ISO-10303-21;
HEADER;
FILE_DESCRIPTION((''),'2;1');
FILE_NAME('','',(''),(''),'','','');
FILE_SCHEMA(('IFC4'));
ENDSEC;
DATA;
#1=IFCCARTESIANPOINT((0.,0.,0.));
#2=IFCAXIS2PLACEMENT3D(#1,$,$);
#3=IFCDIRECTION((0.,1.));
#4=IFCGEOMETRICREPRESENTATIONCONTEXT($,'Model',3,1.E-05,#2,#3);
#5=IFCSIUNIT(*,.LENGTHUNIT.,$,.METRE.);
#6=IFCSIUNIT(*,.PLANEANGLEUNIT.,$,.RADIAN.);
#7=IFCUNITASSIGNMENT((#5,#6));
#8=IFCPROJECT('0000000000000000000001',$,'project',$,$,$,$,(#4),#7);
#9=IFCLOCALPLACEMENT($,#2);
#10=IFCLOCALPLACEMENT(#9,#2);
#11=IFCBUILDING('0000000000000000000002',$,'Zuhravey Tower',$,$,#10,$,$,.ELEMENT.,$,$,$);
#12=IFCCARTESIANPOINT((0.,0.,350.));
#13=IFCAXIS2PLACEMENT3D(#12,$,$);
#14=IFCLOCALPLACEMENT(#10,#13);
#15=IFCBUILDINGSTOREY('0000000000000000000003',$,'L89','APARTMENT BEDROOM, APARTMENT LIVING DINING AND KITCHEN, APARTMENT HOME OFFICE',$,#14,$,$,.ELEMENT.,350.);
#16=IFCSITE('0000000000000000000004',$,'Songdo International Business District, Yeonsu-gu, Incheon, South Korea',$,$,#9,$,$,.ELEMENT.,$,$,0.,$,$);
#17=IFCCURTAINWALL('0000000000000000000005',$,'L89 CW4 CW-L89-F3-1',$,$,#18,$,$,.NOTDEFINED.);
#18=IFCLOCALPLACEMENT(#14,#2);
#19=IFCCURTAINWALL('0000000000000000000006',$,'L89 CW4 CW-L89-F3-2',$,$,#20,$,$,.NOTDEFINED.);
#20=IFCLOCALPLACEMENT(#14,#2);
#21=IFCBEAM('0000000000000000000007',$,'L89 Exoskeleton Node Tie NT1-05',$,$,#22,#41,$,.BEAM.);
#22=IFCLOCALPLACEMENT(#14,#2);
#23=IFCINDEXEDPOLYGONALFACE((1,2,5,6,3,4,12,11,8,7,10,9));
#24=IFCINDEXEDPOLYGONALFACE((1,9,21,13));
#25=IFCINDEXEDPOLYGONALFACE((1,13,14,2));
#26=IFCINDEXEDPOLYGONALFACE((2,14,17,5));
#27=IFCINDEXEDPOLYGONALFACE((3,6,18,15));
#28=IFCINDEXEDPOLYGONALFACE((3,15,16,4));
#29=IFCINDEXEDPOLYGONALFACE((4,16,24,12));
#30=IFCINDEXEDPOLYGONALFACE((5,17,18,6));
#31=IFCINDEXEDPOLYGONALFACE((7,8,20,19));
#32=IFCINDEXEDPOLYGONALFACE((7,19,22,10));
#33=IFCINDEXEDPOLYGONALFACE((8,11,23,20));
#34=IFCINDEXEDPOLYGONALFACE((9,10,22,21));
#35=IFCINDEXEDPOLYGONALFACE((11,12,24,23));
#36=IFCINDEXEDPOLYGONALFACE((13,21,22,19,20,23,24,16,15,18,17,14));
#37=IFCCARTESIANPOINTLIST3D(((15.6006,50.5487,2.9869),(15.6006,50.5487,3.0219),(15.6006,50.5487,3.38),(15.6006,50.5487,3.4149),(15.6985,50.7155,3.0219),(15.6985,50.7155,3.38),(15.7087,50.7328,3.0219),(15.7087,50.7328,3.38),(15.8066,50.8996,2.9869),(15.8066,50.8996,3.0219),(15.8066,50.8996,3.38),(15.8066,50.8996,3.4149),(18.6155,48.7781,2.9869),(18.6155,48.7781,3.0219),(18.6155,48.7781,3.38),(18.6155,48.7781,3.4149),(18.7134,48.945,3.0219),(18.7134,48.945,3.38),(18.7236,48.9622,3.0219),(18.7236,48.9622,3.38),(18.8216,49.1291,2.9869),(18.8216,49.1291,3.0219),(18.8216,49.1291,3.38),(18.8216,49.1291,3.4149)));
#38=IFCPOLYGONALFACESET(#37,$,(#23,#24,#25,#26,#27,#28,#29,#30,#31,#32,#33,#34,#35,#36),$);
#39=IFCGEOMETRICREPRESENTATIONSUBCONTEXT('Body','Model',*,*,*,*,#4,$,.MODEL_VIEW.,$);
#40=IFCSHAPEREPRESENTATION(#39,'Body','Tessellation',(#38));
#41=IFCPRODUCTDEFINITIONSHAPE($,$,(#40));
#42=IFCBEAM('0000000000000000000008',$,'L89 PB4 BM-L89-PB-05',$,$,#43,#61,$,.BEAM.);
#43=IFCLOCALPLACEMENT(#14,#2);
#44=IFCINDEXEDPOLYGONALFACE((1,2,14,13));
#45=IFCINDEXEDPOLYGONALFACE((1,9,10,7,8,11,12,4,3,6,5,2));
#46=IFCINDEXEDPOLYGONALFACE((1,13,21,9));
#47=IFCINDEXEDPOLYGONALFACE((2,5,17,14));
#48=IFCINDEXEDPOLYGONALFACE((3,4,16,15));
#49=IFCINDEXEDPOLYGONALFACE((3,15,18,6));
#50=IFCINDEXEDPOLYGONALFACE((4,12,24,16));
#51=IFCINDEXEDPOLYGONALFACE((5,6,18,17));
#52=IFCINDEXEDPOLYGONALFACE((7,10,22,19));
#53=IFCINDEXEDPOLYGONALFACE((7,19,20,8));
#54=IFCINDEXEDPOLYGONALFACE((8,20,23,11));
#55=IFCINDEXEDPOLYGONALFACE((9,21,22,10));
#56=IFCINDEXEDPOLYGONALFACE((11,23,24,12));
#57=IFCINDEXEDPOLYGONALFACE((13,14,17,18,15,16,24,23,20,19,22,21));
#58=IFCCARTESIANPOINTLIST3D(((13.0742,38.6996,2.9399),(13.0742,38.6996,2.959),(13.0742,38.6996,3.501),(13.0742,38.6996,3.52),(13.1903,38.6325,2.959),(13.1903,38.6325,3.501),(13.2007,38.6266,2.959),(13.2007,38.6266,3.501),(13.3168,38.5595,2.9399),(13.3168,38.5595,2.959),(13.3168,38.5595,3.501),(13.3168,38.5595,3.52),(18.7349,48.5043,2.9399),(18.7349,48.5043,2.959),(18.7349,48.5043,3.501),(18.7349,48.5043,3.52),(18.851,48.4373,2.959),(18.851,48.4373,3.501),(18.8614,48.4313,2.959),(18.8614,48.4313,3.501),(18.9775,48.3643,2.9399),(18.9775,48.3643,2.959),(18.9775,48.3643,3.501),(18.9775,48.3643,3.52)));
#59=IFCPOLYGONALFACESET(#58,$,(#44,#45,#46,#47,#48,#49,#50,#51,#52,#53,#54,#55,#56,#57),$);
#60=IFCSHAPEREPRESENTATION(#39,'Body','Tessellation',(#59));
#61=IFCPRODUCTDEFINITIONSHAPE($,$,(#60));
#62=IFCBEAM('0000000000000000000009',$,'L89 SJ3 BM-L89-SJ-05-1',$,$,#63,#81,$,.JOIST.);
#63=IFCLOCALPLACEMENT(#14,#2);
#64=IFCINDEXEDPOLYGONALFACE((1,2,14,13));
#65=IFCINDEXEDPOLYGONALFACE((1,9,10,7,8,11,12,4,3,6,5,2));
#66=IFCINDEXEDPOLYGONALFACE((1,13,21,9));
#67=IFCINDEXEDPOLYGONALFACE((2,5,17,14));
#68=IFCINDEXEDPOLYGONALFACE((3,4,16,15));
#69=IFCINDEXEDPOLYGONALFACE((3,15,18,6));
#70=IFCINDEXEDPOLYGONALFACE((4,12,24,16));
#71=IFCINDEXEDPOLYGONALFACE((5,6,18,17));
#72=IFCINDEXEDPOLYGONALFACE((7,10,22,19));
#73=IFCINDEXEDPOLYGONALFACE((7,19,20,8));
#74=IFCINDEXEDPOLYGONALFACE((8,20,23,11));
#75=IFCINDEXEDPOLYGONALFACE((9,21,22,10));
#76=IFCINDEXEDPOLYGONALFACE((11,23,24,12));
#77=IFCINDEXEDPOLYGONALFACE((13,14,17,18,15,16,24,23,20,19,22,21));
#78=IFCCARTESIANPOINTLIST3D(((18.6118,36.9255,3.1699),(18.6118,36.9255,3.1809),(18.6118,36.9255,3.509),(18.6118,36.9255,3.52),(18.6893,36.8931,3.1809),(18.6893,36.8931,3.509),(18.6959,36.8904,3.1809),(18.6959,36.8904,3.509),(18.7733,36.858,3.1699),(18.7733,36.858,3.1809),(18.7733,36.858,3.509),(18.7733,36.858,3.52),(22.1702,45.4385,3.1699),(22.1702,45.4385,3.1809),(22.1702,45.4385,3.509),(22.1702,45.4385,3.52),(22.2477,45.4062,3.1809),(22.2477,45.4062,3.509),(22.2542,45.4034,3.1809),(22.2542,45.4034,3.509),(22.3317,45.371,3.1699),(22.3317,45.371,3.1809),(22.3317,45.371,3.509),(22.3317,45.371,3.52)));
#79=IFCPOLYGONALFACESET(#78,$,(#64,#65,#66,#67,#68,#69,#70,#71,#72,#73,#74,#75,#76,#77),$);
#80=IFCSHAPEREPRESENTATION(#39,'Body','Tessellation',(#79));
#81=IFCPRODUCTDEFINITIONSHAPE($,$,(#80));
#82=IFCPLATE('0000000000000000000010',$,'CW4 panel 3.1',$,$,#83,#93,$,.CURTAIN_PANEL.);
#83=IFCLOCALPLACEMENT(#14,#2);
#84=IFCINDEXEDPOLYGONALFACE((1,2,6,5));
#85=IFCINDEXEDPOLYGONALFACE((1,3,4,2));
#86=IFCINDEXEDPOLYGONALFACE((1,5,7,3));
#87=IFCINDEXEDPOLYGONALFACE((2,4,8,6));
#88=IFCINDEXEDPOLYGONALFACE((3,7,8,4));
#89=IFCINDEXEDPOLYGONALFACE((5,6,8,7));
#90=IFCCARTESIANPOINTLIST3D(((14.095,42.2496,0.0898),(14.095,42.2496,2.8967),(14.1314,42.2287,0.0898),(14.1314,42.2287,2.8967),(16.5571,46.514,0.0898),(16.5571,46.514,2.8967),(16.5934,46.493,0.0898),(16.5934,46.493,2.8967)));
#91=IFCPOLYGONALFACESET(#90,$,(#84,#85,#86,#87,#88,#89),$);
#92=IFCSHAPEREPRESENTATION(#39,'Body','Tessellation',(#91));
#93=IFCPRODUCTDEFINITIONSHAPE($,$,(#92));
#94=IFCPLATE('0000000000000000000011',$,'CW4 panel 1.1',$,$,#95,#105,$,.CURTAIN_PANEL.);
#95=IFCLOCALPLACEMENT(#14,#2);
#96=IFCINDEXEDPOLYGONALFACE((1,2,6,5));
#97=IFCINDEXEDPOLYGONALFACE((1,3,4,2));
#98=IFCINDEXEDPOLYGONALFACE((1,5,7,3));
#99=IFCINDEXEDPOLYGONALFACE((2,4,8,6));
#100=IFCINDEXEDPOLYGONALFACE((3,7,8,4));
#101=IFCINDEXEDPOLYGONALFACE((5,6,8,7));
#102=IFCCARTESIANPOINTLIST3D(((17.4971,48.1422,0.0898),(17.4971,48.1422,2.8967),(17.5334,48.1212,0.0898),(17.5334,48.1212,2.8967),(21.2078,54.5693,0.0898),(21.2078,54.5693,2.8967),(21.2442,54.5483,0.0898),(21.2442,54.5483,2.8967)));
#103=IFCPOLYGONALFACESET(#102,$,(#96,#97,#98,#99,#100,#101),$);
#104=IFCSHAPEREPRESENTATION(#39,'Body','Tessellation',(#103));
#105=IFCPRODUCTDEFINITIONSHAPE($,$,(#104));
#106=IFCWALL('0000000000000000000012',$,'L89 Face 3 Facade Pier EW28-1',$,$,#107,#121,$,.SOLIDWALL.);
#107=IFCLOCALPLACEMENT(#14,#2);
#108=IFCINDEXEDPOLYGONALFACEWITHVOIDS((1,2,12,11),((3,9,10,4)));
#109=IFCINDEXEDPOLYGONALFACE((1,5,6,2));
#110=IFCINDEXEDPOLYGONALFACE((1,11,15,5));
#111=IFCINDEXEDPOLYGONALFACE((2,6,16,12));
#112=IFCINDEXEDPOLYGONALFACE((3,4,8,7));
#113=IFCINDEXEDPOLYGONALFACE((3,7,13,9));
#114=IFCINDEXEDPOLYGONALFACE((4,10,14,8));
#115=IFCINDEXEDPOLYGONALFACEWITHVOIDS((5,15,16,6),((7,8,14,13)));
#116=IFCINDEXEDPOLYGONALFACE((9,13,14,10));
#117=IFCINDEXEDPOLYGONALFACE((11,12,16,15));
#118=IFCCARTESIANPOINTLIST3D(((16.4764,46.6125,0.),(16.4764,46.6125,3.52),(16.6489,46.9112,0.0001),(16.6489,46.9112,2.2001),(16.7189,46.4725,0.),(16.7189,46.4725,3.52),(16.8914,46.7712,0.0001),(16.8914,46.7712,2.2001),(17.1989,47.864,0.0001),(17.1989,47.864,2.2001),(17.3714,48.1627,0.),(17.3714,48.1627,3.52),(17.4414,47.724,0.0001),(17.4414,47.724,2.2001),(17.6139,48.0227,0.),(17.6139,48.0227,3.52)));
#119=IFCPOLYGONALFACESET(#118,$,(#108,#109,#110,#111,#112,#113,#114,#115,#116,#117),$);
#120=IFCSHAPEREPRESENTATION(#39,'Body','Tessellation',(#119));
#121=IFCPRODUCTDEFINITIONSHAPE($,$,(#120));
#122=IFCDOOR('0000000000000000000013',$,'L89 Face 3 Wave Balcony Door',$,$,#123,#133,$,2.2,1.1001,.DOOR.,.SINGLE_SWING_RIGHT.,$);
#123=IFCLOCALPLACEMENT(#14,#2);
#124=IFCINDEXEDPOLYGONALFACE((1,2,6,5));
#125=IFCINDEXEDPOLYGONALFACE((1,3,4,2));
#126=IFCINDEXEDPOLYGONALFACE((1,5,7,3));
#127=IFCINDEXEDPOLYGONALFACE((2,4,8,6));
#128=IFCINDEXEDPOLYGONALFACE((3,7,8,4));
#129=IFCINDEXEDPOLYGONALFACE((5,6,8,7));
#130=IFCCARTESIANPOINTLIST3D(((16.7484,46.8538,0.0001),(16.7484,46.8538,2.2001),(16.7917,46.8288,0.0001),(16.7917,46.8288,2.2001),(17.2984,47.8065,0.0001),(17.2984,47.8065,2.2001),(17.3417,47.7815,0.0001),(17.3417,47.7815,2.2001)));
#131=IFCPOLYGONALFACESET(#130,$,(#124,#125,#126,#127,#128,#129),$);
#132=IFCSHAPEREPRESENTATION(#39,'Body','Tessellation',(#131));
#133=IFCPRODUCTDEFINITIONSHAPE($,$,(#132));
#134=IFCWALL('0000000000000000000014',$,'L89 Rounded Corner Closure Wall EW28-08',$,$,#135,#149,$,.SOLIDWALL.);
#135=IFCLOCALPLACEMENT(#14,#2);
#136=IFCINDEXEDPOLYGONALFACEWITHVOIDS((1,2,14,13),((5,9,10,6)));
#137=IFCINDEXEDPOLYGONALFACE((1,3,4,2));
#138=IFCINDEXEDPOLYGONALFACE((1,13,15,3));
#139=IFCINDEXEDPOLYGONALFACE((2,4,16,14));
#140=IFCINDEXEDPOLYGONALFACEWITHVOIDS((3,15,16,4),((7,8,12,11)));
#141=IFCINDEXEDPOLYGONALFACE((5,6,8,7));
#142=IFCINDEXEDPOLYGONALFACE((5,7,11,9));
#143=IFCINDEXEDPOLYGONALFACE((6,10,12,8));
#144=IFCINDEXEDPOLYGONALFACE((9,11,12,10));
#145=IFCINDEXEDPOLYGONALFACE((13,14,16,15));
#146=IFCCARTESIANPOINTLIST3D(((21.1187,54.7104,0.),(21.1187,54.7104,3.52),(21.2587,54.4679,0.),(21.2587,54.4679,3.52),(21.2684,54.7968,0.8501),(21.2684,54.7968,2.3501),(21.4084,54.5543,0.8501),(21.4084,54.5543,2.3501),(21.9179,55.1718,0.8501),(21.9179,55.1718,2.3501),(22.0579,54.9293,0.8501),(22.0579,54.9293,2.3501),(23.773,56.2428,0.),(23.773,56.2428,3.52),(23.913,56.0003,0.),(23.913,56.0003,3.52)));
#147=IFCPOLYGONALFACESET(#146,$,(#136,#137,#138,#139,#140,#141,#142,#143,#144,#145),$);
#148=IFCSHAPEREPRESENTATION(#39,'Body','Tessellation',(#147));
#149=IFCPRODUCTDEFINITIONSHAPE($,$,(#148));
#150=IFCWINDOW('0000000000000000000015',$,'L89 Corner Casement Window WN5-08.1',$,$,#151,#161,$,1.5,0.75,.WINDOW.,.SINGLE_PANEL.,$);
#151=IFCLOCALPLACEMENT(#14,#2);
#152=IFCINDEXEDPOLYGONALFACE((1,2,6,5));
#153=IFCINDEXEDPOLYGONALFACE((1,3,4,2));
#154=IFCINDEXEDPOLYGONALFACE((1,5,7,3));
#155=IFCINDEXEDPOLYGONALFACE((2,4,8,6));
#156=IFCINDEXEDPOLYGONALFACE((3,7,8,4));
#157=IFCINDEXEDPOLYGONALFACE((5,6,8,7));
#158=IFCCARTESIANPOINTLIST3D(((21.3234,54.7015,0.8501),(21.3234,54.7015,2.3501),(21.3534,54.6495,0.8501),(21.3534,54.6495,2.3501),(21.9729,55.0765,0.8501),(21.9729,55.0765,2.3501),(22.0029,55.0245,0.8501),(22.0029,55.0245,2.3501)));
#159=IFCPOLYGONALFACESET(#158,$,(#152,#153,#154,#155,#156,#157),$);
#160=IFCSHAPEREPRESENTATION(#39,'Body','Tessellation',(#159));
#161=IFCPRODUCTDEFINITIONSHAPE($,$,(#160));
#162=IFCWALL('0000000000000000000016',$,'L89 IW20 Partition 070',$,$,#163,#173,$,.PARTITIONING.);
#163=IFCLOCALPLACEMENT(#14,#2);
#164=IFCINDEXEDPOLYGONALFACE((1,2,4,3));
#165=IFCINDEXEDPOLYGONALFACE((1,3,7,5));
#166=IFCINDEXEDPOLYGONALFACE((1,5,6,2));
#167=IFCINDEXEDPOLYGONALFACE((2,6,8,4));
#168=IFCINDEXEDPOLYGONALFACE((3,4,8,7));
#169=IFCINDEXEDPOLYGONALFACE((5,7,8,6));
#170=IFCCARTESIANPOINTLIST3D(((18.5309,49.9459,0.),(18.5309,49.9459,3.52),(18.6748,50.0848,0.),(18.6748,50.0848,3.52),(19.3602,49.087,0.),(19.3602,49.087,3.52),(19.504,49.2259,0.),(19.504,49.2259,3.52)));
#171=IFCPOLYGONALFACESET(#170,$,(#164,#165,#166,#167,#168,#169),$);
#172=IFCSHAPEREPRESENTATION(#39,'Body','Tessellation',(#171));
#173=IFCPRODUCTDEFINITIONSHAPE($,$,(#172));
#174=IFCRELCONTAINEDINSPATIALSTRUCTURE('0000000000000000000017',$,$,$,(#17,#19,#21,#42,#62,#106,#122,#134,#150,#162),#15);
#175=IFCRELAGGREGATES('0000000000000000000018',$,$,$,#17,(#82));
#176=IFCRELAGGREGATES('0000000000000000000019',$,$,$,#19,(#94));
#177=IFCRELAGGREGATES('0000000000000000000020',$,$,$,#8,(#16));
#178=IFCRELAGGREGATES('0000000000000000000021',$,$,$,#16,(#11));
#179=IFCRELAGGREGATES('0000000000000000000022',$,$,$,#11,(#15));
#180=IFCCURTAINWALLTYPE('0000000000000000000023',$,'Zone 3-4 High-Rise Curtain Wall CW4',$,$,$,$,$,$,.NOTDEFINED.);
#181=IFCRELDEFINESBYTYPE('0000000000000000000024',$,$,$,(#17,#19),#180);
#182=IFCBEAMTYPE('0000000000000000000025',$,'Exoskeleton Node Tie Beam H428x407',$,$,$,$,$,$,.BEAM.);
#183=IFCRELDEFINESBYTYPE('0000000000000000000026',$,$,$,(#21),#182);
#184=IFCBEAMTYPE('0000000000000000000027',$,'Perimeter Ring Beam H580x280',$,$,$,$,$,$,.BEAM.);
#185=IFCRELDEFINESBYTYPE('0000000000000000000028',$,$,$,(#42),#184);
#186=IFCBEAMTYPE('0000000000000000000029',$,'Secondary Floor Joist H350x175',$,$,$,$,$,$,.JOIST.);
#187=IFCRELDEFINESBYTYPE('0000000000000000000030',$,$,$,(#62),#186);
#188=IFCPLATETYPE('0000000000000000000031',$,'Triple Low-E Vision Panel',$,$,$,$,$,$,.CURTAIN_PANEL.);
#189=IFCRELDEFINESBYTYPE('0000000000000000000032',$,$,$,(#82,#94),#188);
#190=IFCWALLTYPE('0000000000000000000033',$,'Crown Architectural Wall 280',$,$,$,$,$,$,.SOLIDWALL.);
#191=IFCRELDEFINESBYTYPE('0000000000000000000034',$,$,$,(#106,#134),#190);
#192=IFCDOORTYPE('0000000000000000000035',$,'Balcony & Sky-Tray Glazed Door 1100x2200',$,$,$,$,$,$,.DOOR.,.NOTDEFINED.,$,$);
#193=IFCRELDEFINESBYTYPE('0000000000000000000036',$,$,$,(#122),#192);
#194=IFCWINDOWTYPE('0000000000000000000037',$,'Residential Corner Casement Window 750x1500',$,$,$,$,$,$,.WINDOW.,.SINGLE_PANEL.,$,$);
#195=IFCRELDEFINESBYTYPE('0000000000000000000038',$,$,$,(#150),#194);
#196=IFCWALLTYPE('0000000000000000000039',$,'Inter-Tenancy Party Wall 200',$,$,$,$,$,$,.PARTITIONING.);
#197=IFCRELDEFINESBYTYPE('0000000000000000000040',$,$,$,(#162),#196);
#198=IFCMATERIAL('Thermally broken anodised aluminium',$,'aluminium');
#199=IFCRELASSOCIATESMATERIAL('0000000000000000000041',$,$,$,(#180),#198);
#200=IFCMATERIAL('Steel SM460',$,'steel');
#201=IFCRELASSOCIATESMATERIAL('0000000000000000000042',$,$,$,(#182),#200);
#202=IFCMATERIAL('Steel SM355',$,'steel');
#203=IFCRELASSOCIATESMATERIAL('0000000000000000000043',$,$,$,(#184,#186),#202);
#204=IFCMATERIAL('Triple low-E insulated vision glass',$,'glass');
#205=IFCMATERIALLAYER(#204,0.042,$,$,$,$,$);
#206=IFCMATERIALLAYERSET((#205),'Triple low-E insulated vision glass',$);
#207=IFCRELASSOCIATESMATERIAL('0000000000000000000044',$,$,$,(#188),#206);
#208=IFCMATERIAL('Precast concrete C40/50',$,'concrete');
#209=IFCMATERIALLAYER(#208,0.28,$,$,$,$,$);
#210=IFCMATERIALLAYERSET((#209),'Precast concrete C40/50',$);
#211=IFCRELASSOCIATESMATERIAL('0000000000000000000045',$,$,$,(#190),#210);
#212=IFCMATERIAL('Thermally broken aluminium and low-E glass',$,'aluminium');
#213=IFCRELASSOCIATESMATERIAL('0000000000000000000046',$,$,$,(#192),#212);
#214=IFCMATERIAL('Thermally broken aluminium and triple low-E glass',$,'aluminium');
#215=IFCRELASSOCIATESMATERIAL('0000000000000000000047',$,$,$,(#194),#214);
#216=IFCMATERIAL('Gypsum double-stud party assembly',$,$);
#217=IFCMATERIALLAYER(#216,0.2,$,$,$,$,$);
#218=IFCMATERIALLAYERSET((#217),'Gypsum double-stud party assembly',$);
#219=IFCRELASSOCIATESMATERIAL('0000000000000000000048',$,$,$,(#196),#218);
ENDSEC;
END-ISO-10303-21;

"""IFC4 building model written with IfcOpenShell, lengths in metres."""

from ifc_helpers import new_model, si_unit, direction, frame, frame_2d, origin, origin_2d, place, context, subcontext, project, spatial, rectangle, i_section, extrude, material, layer, layer_set, material_profile, profile_set, type_object, element, fill, aggregate, save


model = new_model("IFC4")

# Units and contexts
model_context = context("Model", 3, precision=1e-05, world=origin(), true_north=direction((0.0, 1.0)))
body_context = subcontext(model_context, "Body", "Model", "MODEL_VIEW")
ifc_project = project(units=[si_unit("LENGTHUNIT", "METRE"), si_unit("PLANEANGLEUNIT", "RADIAN")], contexts=[model_context])

# Site, building, storey
site_placement = place(None, origin())
site = spatial("IfcSite", under=ifc_project, at=site_placement, Name="Songdo International Business District, Yeonsu-gu, Incheon, South Korea", CompositionType="ELEMENT", RefElevation=0.0)
building_placement = place(site_placement, origin())
building = spatial("IfcBuilding", under=site, at=building_placement, Name="Zuhravey Tower", CompositionType="ELEMENT")
storey_placement = place(building_placement, frame((0.0, 0.0, 350.0)))
storey = spatial("IfcBuildingStorey", under=building, at=storey_placement, Name="L89", Description="APARTMENT BEDROOM, APARTMENT LIVING DINING AND KITCHEN, APARTMENT HOME OFFICE", CompositionType="ELEMENT", Elevation=350.0)

# Curtain walls
ifc_material_1 = material(Name="Thermally broken anodised aluminium", Category="aluminium")
curtain_wall_type = type_object("IfcCurtainWallType", Name="Zone 3-4 High-Rise Curtain Wall CW4", PredefinedType="NOTDEFINED", material=ifc_material_1)
curtain_wall_1_placement = place(storey_placement, origin())
curtain_wall_1 = element("IfcCurtainWall", 1, at=curtain_wall_1_placement, inside=storey, type_object=curtain_wall_type, Name="L89 CW4 CW-L89-F3-1", PredefinedType="NOTDEFINED")
curtain_wall_2_placement = place(storey_placement, origin())
curtain_wall_2 = element("IfcCurtainWall", 2, at=curtain_wall_2_placement, inside=storey, type_object=curtain_wall_type, Name="L89 CW4 CW-L89-F3-2", PredefinedType="NOTDEFINED")

# Beams
ifc_material_2 = material(Name="Steel SM460", Category="steel")
ifc_material_profile_1 = material_profile(ifc_material_2, i_section(OverallWidth=0.407, OverallDepth=0.428, WebThickness=0.02, FlangeThickness=0.0349, at=origin_2d()), Name="H-428x407x20x35")
ifc_profile_set_1 = profile_set([ifc_material_profile_1], Name="Steel SM460")
beam_type_1 = type_object("IfcBeamType", Name="Exoskeleton Node Tie Beam H428x407", PredefinedType="BEAM", material=ifc_profile_set_1)
beam_1_placement = place(storey_placement, frame((18.7185, 48.9536, 3.2009), z_axis=(-0.862304, 0.506391, 0.0), x_axis=(-0.506391, -0.862304, 0.0)))
element("IfcBeam", 3, at=beam_1_placement, inside=storey, type_object=beam_type_1, Name="L89 Exoskeleton Node Tie NT1-05", PredefinedType="BEAM", context=body_context, shape_type="SweptSolid", body=[
    extrude(i_section(OverallWidth=0.407, OverallDepth=0.428, WebThickness=0.02, FlangeThickness=0.0349, at=origin_2d()), origin(), (0.0, 0.0, 1.0), 3.4963),
])
ifc_material_3 = material(Name="Steel SM355", Category="steel")
ifc_material_profile_2 = material_profile(ifc_material_3, i_section(OverallWidth=0.28, OverallDepth=0.5801, WebThickness=0.012, FlangeThickness=0.019, at=origin_2d()), Name="H-580x280x12x19")
ifc_profile_set_2 = profile_set([ifc_material_profile_2], Name="Steel SM355")
beam_type_2 = type_object("IfcBeamType", Name="Perimeter Ring Beam H580x280", PredefinedType="BEAM", material=ifc_profile_set_2)
beam_2_placement = place(storey_placement, frame((18.8562, 48.4343, 3.23), z_axis=(-0.499994, -0.866029, 0.0), x_axis=(0.866029, -0.499994, 0.0)))
element("IfcBeam", 4, at=beam_2_placement, inside=storey, type_object=beam_type_2, Name="L89 PB4 BM-L89-PB-05", PredefinedType="BEAM", context=body_context, shape_type="SweptSolid", body=[
    extrude(i_section(OverallWidth=0.28, OverallDepth=0.5801, WebThickness=0.012, FlangeThickness=0.019, at=origin_2d()), origin(), (0.0, 0.0, 1.0), 11.3215),
])
ifc_material_profile_3 = material_profile(ifc_material_3, i_section(OverallWidth=0.175, OverallDepth=0.3501, WebThickness=0.0071, FlangeThickness=0.011, at=origin_2d()), Name="H-350x175x7x11")
ifc_profile_set_3 = profile_set([ifc_material_profile_3], Name="Steel SM355")
beam_type_3 = type_object("IfcBeamType", Name="Secondary Floor Joist H350x175", PredefinedType="JOIST", material=ifc_profile_set_3)
beam_3_placement = place(storey_placement, frame((22.251, 45.4048, 3.345), z_axis=(-0.385658, -0.922642, 0.0), x_axis=(0.922642, -0.385658, 0.0)))
element("IfcBeam", 5, at=beam_3_placement, inside=storey, type_object=beam_type_3, Name="L89 SJ3 BM-L89-SJ-05-1", PredefinedType="JOIST", context=body_context, shape_type="SweptSolid", body=[
    extrude(i_section(OverallWidth=0.175, OverallDepth=0.3501, WebThickness=0.0071, FlangeThickness=0.011, at=origin_2d()), origin(), (0.0, 0.0, 1.0), 9.2268),
])

# Plates
ifc_material_4 = material(Name="Triple low-E insulated vision glass", Category="glass")
ifc_layer_1 = layer(ifc_material_4, 0.042)
ifc_layer_set_1 = layer_set([ifc_layer_1], Name="Triple low-E insulated vision glass")
plate_type = type_object("IfcPlateType", Name="Triple Low-E Vision Panel", PredefinedType="CURTAIN_PANEL", material=ifc_layer_set_1)
plate_1_placement = place(storey_placement, frame((15.3442, 44.3713, 0.0898), z_axis=(0.0, 0.0, 1.0), x_axis=(0.499998, 0.866026, 0.0)))
plate_1 = element("IfcPlate", 6, at=plate_1_placement, type_object=plate_type, Name="CW4 panel 3.1", PredefinedType="CURTAIN_PANEL", context=body_context, shape_type="SweptSolid", body=[
    extrude(rectangle(XDim=4.9241, YDim=0.042, at=origin_2d()), origin(), (0.0, 0.0, 1.0), 2.8069),
])
aggregate(curtain_wall_1, [plate_1])
plate_2_placement = place(storey_placement, frame((19.3706, 51.3452, 0.0898), z_axis=(0.0, 0.0, 1.0), x_axis=(0.500006, 0.866022, 0.0)))
plate_2 = element("IfcPlate", 7, at=plate_2_placement, type_object=plate_type, Name="CW4 panel 1.1", PredefinedType="CURTAIN_PANEL", context=body_context, shape_type="SweptSolid", body=[
    extrude(rectangle(XDim=7.4214, YDim=0.042, at=origin_2d()), origin(), (0.0, 0.0, 1.0), 2.8069),
])
aggregate(curtain_wall_2, [plate_2])

# Wall, opening, door
ifc_material_5 = material(Name="Precast concrete C40/50", Category="concrete")
ifc_layer_2 = layer(ifc_material_5, 0.28)
ifc_layer_set_2 = layer_set([ifc_layer_2], Name="Precast concrete C40/50")
wall_type_1 = type_object("IfcWallType", Name="Crown Architectural Wall 280", PredefinedType="SOLIDWALL", material=ifc_layer_set_2)
wall_1_placement = place(storey_placement, frame((16.5977, 46.5425, 0.0), z_axis=(0.0, 0.0, 1.0), x_axis=(0.499982, 0.866036, 0.0)))
wall_1 = element("IfcWall", 8, at=wall_1_placement, inside=storey, type_object=wall_type_1, Name="L89 Face 3 Facade Pier EW28-1", PredefinedType="SOLIDWALL", context=body_context, shape_type="SweptSolid", body=[
    extrude(rectangle(XDim=1.79, YDim=0.28, at=frame_2d((0.895, 0.0))), origin(), (0.0, 0.0, 1.0), 3.52),
])
opening_1_placement = place(wall_1_placement, frame((0.345, 0.0, 0.0)))
opening_1 = element("IfcOpeningElement", 9, at=opening_1_placement, cuts=wall_1, PredefinedType="OPENING", context=body_context, shape_type="SweptSolid", body=[
    extrude(rectangle(XDim=1.1001, YDim=2.2, at=frame_2d((0.55, 1.1001))), frame((0.0, 0.1521, 0.0), z_axis=(0.0, -1.0, 0.0), x_axis=(1.0, 0.0, 0.0)), (0.0, 0.0, 1.0), 0.304),
])
ifc_material_6 = material(Name="Thermally broken aluminium and low-E glass", Category="aluminium")
door_type_1 = type_object("IfcDoorType", Name="Balcony & Sky-Tray Glazed Door 1100x2200", OperationType="NOTDEFINED", PredefinedType="DOOR", material=ifc_material_6)
door_1_placement = place(opening_1_placement, frame((1.1001, 0.0, 0.0), z_axis=(0.0, 0.0, 1.0), x_axis=(-1.0, 0.0, 0.0)))
door_1 = element("IfcDoor", 10, at=door_1_placement, inside=storey, type_object=door_type_1, Name="L89 Face 3 Wave Balcony Door", OperationType="SINGLE_SWING_RIGHT", OverallHeight=2.2, OverallWidth=1.1001, PredefinedType="DOOR", context=body_context, shape_type="SweptSolid", body=[
    extrude(rectangle(XDim=1.1001, YDim=2.2, at=frame_2d((0.55, 1.1001))), frame((0.0, 0.0249, 0.0), z_axis=(0.0, -1.0, 0.0), x_axis=(1.0, 0.0, 0.0)), (0.0, 0.0, 1.0), 0.05),
])
fill(opening_1, door_1)

# Wall, opening, window
wall_2_placement = place(storey_placement, frame((21.1887, 54.5891, 0.0), z_axis=(0.0, 0.0, 1.0), x_axis=(0.866024, 0.500003, 0.0)))
wall_2 = element("IfcWall", 11, at=wall_2_placement, inside=storey, type_object=wall_type_1, Name="L89 Rounded Corner Closure Wall EW28-08", PredefinedType="SOLIDWALL", context=body_context, shape_type="SweptSolid", body=[
    extrude(rectangle(XDim=3.0649, YDim=0.28, at=frame_2d((1.5325, 0.0))), origin(), (0.0, 0.0, 1.0), 3.52),
])
opening_2_placement = place(wall_2_placement, frame((0.1729, 0.0, 0.8501)))
opening_2 = element("IfcOpeningElement", 12, at=opening_2_placement, cuts=wall_2, PredefinedType="OPENING", context=body_context, shape_type="SweptSolid", body=[
    extrude(rectangle(XDim=0.75, YDim=1.5, at=frame_2d((0.375, 0.75))), frame((0.0, 0.1521, 0.0), z_axis=(0.0, -1.0, 0.0), x_axis=(1.0, 0.0, 0.0)), (0.0, 0.0, 1.0), 0.304),
])
ifc_material_7 = material(Name="Thermally broken aluminium and triple low-E glass", Category="aluminium")
window_type = type_object("IfcWindowType", Name="Residential Corner Casement Window 750x1500", PartitioningType="SINGLE_PANEL", PredefinedType="WINDOW", material=ifc_material_7)
window_placement = place(opening_2_placement, origin())
window = element("IfcWindow", 13, at=window_placement, inside=storey, type_object=window_type, Name="L89 Corner Casement Window WN5-08.1", OverallHeight=1.5, OverallWidth=0.75, PartitioningType="SINGLE_PANEL", PredefinedType="WINDOW", context=body_context, shape_type="SweptSolid", body=[
    extrude(rectangle(XDim=0.75, YDim=1.5, at=frame_2d((0.375, 0.75))), frame((0.0, 0.03, 0.0), z_axis=(0.0, -1.0, 0.0), x_axis=(1.0, 0.0, 0.0)), (0.0, 0.0, 1.0), 0.0601),
])
fill(opening_2, window)

# Wall
ifc_material_8 = material(Name="Gypsum double-stud party assembly")
ifc_layer_3 = layer(ifc_material_8, 0.2)
ifc_layer_set_3 = layer_set([ifc_layer_3], Name="Gypsum double-stud party assembly")
wall_type_2 = type_object("IfcWallType", Name="Inter-Tenancy Party Wall 200", PredefinedType="PARTITIONING", material=ifc_layer_set_3)
wall_3_placement = place(storey_placement, frame((19.4321, 49.1565, 0.0), z_axis=(0.0, 0.0, 1.0), x_axis=(-0.694627, 0.71937, 0.0)))
element("IfcWall", 14, at=wall_3_placement, inside=storey, type_object=wall_type_2, Name="L89 IW20 Partition 070", PredefinedType="PARTITIONING", context=body_context, shape_type="SweptSolid", body=[
    extrude(rectangle(XDim=1.1938, YDim=0.2, at=frame_2d((0.5969, 0.0))), origin(), (0.0, 0.0, 1.0), 3.52),
])

save(model, "model.ifc")
